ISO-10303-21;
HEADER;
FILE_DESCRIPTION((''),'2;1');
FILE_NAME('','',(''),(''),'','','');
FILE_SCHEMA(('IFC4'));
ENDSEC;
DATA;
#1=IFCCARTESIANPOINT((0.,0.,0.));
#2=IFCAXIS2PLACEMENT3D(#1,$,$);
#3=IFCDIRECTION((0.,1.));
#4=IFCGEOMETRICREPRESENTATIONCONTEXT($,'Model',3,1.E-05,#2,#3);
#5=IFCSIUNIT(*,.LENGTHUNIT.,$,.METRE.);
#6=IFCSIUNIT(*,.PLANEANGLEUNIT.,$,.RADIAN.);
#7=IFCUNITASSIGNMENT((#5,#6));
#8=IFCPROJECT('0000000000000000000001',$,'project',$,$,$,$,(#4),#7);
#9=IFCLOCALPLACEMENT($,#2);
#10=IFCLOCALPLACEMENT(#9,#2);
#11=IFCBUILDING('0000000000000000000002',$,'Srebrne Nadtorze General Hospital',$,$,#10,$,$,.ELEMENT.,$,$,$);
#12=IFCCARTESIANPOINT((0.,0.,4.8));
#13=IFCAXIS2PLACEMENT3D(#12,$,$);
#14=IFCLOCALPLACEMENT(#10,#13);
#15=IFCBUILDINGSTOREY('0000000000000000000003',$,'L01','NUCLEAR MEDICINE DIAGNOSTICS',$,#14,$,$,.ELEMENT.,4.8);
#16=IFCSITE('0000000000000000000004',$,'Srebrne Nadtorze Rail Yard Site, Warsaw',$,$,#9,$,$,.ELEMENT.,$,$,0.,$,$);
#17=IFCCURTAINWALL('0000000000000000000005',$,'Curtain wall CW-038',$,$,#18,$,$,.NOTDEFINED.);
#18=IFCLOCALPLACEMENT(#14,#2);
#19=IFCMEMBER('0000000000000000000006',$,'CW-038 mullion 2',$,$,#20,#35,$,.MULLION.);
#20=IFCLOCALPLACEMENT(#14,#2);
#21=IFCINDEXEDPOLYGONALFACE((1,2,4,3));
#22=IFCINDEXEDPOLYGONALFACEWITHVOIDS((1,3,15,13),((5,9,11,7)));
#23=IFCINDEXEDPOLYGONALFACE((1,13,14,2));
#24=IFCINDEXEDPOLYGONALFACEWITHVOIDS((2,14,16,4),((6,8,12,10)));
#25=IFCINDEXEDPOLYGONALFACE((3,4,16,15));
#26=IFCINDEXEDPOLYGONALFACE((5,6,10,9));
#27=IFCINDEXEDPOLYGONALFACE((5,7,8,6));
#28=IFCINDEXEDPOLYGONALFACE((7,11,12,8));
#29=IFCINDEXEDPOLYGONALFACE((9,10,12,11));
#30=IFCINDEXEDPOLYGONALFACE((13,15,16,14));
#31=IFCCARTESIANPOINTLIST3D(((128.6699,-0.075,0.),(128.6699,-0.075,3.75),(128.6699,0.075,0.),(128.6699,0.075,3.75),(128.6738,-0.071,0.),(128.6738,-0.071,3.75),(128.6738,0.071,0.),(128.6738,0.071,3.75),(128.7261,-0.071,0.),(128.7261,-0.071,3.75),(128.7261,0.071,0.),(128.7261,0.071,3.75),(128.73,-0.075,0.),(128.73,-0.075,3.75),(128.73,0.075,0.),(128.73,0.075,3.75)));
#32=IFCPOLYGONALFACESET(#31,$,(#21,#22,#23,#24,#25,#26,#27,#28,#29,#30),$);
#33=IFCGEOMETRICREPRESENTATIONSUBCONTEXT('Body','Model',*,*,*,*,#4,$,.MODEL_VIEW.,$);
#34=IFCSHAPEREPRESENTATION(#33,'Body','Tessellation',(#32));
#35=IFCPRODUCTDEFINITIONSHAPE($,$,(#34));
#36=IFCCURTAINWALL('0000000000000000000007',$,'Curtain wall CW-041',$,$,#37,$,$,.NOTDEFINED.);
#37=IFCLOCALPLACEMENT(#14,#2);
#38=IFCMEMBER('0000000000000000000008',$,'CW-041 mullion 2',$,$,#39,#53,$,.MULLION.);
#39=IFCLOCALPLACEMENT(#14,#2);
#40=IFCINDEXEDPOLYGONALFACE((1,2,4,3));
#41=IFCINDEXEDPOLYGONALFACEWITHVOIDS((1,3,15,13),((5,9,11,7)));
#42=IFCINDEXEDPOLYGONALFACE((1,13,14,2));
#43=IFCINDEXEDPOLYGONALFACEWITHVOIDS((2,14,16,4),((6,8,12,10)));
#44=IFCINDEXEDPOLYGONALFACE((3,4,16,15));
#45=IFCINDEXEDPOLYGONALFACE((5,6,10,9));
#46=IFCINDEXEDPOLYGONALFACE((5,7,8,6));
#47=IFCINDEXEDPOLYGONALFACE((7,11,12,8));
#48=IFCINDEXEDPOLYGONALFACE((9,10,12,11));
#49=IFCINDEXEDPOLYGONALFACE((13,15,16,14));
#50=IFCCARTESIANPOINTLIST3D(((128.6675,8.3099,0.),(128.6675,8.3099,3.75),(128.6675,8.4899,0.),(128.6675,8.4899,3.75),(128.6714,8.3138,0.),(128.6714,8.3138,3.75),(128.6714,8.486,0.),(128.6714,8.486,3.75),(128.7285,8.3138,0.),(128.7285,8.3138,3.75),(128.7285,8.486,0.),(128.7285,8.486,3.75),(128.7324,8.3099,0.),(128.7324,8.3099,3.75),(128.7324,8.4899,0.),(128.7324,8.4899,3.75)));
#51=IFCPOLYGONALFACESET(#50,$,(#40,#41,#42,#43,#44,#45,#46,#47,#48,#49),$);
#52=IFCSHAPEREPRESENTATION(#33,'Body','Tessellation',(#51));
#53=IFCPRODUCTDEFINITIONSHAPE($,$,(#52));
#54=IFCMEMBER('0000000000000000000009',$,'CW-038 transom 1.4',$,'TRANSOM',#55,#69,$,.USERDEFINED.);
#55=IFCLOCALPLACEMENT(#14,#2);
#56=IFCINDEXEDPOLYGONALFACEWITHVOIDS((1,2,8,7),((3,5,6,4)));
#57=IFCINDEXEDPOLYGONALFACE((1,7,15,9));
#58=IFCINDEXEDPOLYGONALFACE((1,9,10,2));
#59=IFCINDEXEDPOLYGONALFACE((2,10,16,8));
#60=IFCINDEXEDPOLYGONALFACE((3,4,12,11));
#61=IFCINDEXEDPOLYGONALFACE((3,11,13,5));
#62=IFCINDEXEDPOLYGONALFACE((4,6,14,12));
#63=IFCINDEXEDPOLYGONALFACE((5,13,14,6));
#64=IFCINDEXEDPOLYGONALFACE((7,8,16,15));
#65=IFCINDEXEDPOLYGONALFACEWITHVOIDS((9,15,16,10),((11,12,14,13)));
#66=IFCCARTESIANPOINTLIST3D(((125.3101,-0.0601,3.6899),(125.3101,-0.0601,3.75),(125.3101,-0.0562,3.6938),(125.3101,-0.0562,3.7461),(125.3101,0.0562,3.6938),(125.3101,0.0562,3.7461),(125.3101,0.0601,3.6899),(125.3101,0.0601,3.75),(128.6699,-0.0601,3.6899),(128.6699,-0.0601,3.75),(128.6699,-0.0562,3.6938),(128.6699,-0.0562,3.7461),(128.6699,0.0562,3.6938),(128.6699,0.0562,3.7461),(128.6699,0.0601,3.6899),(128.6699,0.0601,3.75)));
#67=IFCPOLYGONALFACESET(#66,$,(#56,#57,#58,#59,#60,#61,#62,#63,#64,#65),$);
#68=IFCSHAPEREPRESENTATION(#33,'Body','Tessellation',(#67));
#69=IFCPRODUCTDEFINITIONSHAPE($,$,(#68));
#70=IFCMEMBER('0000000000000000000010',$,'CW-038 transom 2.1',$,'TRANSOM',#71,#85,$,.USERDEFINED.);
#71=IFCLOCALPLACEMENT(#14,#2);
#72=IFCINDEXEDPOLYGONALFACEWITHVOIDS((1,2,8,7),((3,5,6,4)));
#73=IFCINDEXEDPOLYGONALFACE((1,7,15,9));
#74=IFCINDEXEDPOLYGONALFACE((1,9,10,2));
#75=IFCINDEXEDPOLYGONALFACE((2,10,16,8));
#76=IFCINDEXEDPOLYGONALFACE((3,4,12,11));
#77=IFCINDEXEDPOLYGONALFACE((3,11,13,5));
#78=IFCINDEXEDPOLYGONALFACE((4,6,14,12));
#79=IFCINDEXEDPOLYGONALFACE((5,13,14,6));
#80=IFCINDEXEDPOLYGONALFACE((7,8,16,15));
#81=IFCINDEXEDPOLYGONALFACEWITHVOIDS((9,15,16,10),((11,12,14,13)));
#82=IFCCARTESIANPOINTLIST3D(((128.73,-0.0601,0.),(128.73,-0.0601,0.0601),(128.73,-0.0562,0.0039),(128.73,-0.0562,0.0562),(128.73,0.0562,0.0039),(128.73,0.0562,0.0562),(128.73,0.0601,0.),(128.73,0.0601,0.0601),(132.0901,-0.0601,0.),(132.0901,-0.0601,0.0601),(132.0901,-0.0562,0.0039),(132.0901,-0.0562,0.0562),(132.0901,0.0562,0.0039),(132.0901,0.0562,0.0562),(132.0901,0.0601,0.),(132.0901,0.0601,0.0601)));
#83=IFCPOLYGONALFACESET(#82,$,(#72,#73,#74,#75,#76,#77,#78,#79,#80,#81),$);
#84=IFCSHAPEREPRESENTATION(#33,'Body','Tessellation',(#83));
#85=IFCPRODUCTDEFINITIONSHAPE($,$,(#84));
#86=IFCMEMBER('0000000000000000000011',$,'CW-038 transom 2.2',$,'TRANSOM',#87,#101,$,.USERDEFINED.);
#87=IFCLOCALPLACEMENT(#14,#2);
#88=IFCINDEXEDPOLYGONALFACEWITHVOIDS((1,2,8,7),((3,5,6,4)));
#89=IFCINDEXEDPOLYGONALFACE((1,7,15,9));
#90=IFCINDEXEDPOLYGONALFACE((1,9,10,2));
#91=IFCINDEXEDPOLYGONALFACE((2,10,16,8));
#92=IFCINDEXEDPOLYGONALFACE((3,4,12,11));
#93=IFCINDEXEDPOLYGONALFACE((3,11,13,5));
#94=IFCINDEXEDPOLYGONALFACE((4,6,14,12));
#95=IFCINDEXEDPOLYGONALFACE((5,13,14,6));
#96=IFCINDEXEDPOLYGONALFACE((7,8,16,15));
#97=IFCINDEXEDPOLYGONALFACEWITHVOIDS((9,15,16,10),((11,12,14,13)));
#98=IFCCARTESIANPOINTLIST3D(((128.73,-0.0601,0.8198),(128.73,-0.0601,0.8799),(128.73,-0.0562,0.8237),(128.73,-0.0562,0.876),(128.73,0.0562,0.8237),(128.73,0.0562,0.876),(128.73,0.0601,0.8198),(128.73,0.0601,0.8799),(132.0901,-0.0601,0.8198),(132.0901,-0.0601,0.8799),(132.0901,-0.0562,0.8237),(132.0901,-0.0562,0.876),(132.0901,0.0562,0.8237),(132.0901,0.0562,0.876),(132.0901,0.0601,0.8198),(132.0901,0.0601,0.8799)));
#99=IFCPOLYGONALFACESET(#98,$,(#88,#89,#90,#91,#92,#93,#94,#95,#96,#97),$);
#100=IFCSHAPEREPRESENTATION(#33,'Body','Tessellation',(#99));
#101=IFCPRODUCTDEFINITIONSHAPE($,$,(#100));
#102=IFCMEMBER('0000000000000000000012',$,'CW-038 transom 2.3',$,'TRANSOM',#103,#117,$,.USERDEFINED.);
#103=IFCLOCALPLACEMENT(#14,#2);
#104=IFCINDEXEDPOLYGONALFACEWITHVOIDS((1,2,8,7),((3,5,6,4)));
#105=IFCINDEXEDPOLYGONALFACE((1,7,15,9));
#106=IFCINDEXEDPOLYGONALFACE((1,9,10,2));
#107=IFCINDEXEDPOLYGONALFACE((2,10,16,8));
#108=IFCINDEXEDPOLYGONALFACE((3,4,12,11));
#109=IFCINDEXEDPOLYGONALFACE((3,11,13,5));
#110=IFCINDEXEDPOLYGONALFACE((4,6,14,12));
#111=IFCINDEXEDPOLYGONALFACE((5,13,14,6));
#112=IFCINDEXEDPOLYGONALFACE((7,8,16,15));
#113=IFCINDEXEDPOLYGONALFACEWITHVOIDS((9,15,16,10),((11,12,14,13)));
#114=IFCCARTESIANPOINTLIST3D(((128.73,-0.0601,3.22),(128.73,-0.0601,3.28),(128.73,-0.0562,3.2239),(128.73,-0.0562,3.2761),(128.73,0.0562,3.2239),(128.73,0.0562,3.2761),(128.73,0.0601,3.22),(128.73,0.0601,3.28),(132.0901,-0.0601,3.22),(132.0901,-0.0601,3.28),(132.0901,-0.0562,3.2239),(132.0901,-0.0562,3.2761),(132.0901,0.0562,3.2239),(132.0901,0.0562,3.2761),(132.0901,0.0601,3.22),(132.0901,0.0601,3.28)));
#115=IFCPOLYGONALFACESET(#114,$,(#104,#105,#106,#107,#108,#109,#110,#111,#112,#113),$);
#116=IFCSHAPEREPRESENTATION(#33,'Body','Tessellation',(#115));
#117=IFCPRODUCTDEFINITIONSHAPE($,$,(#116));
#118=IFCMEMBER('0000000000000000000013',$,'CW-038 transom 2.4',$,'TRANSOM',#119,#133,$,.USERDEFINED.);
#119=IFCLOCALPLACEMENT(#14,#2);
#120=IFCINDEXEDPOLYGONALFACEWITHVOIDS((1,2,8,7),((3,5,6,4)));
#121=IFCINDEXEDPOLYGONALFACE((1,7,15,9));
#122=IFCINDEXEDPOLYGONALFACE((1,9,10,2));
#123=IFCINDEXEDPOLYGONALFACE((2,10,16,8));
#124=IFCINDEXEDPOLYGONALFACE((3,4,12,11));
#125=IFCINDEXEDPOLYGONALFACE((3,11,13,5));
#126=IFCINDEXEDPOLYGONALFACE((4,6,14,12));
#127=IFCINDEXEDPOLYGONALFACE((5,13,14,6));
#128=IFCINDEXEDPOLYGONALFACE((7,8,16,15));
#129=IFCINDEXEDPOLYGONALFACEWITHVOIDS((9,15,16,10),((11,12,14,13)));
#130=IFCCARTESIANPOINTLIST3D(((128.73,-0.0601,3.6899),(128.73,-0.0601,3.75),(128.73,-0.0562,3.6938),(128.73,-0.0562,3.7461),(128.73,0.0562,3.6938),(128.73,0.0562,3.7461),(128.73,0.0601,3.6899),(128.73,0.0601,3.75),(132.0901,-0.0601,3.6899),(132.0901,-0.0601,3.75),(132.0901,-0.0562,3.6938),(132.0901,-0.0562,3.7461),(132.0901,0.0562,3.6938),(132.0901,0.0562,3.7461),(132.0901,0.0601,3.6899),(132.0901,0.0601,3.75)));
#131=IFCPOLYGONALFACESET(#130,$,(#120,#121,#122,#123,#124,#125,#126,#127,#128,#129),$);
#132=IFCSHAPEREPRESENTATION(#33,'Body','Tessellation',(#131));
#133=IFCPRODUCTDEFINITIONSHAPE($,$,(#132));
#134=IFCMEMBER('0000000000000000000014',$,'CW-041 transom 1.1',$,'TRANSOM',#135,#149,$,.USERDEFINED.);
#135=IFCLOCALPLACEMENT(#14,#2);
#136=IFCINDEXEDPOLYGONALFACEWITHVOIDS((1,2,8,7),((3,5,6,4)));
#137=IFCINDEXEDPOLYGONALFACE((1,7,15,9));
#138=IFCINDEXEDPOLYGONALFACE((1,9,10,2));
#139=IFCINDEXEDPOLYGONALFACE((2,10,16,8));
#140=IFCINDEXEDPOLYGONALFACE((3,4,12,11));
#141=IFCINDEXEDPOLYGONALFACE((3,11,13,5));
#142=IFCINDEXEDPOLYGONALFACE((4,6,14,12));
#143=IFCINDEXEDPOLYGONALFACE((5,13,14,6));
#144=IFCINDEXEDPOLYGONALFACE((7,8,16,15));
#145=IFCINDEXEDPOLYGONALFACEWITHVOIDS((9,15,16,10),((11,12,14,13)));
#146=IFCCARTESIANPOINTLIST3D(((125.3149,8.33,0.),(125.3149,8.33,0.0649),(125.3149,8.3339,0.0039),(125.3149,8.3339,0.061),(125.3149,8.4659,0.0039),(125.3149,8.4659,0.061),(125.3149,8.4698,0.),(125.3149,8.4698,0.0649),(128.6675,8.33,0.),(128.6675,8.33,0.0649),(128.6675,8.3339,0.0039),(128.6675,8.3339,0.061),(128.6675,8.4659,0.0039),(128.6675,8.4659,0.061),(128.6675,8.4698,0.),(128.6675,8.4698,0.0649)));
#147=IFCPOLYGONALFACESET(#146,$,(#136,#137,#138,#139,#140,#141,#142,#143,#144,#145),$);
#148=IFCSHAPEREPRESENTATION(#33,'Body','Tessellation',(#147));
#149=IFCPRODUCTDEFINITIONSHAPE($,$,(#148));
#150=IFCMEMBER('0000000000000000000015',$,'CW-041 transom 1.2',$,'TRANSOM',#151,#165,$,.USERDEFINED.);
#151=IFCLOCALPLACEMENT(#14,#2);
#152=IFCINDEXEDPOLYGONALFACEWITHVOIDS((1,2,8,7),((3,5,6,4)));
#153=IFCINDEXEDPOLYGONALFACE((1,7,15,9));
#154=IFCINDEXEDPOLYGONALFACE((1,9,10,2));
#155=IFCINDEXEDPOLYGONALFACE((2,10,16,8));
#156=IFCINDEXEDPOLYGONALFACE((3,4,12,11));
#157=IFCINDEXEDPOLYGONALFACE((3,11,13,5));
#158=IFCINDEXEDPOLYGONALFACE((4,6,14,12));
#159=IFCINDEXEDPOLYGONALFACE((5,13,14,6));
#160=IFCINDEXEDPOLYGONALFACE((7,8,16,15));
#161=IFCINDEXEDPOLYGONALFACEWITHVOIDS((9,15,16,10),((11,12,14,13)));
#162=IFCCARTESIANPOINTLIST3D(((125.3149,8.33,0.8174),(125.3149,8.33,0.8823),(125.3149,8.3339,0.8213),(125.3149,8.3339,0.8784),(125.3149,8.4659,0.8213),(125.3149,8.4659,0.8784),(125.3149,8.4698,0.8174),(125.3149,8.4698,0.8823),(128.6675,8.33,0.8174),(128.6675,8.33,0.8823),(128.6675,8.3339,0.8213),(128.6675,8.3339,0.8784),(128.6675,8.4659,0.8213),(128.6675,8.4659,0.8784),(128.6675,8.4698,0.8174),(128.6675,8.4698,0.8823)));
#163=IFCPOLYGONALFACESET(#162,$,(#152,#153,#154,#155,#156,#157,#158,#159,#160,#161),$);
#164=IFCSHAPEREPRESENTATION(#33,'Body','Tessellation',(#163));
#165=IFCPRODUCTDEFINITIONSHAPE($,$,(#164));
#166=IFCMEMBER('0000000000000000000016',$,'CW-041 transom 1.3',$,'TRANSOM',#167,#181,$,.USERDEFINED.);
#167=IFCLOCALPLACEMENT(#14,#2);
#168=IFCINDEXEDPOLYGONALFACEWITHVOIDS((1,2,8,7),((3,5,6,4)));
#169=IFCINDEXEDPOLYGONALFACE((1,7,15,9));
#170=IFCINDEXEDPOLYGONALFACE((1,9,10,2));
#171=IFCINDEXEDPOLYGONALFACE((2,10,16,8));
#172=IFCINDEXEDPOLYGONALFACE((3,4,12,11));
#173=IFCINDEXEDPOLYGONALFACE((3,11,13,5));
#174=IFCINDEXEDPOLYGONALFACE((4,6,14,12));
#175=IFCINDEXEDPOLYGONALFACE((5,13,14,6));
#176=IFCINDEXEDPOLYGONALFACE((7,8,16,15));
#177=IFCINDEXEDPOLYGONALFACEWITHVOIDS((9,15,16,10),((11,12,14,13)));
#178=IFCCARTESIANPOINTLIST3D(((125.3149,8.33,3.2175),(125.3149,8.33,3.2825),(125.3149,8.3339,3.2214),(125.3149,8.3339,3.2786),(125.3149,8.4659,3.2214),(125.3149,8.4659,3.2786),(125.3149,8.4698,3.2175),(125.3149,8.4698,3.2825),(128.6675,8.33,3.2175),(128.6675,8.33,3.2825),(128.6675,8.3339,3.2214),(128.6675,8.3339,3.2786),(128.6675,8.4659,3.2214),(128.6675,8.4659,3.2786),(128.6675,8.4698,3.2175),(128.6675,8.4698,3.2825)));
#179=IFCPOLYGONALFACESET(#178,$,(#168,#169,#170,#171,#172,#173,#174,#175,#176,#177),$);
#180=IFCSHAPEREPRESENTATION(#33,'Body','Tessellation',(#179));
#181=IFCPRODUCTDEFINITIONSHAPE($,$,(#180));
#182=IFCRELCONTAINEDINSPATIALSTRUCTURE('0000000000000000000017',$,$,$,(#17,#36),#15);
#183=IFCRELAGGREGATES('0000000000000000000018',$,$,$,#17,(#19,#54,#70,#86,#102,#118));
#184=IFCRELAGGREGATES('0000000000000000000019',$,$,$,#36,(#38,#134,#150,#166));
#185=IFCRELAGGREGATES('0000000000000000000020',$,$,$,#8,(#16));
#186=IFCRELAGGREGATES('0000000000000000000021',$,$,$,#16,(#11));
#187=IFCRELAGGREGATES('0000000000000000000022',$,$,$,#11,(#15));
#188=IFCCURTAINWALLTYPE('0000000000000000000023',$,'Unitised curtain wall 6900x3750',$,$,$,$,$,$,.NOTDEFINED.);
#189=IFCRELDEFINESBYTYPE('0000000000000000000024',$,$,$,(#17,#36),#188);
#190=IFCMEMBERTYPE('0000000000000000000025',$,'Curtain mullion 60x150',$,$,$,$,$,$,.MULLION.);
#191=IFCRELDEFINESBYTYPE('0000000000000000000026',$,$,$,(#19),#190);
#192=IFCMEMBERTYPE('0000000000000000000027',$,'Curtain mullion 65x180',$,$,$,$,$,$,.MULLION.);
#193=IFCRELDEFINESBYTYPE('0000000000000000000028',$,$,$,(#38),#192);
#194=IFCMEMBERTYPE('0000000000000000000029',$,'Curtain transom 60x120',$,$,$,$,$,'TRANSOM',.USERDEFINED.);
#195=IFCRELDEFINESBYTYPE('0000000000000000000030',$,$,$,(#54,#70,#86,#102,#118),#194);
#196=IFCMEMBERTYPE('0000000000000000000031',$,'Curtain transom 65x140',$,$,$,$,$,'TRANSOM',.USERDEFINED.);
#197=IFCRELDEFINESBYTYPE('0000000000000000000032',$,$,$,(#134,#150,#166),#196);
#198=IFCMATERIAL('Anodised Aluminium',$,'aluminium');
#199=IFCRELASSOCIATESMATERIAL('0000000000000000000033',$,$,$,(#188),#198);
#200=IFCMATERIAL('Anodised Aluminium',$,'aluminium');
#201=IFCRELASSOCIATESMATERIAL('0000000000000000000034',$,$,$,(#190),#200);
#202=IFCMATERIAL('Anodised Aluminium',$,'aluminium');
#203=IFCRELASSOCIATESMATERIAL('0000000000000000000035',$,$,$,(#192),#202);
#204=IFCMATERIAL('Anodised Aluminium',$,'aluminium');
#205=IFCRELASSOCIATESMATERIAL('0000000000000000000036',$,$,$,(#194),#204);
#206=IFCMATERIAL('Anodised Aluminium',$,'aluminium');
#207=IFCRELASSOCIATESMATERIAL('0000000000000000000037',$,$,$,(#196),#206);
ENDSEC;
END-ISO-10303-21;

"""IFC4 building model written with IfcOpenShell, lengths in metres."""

from ifc_helpers import new_model, si_unit, direction, frame, origin, origin_2d, place, context, subcontext, project, spatial, hollow_rectangle, extrude, material, material_profile, profile_set, type_object, element, aggregate, save


model = new_model("IFC4")

# Units and contexts
model_context = context("Model", 3, precision=1e-05, world=origin(), true_north=direction((0.0, 1.0)))
body_context = subcontext(model_context, "Body", "Model", "MODEL_VIEW")
ifc_project = project(units=[si_unit("LENGTHUNIT", "METRE"), si_unit("PLANEANGLEUNIT", "RADIAN")], contexts=[model_context])

# Site, building, storey
site_placement = place(None, origin())
site = spatial("IfcSite", under=ifc_project, at=site_placement, Name="Srebrne Nadtorze Rail Yard Site, Warsaw", CompositionType="ELEMENT", RefElevation=0.0)
building_placement = place(site_placement, origin())
building = spatial("IfcBuilding", under=site, at=building_placement, Name="Srebrne Nadtorze General Hospital", CompositionType="ELEMENT")
storey_placement = place(building_placement, frame((0.0, 0.0, 4.8)))
storey = spatial("IfcBuildingStorey", under=building, at=storey_placement, Name="L01", Description="NUCLEAR MEDICINE DIAGNOSTICS", CompositionType="ELEMENT", Elevation=4.8)

# Curtain walls, members
ifc_material_1 = material(Name="Anodised Aluminium", Category="aluminium")
curtain_wall_type = type_object("IfcCurtainWallType", Name="Unitised curtain wall 6900x3750", PredefinedType="NOTDEFINED", material=ifc_material_1)
curtain_wall_1_placement = place(storey_placement, origin())
curtain_wall_1 = element("IfcCurtainWall", 1, at=curtain_wall_1_placement, inside=storey, type_object=curtain_wall_type, Name="Curtain wall CW-038", PredefinedType="NOTDEFINED")
ifc_material_2 = material(Name="Anodised Aluminium", Category="aluminium")
ifc_material_profile_1 = material_profile(ifc_material_2, hollow_rectangle(XDim=0.0601, YDim=0.1499, WallThickness=0.0039, at=origin_2d()), Name="AL-MUL-60x150")
ifc_profile_set_1 = profile_set([ifc_material_profile_1], Name="Anodised Aluminium")
member_type_1 = type_object("IfcMemberType", Name="Curtain mullion 60x150", PredefinedType="MULLION", material=ifc_profile_set_1)
member_1_placement = place(storey_placement, frame((128.7, 0.0, 0.0), z_axis=(0.0, 0.0, 1.0), x_axis=(1.0, 0.0, 0.0)))
member_1 = element("IfcMember", 2, at=member_1_placement, type_object=member_type_1, Name="CW-038 mullion 2", PredefinedType="MULLION", context=body_context, shape_type="SweptSolid", body=[
    extrude(hollow_rectangle(XDim=0.0601, YDim=0.1499, WallThickness=0.0039, at=origin_2d()), origin(), (0.0, 0.0, 1.0), 3.75),
])
curtain_wall_2_placement = place(storey_placement, origin())
curtain_wall_2 = element("IfcCurtainWall", 3, at=curtain_wall_2_placement, inside=storey, type_object=curtain_wall_type, Name="Curtain wall CW-041", PredefinedType="NOTDEFINED")
ifc_material_3 = material(Name="Anodised Aluminium", Category="aluminium")
ifc_material_profile_2 = material_profile(ifc_material_3, hollow_rectangle(XDim=0.0649, YDim=0.1799, WallThickness=0.0039, at=origin_2d()), Name="AL-MUL-65x180")
ifc_profile_set_2 = profile_set([ifc_material_profile_2], Name="Anodised Aluminium")
member_type_2 = type_object("IfcMemberType", Name="Curtain mullion 65x180", PredefinedType="MULLION", material=ifc_profile_set_2)
member_2_placement = place(storey_placement, frame((128.7, 8.3999, 0.0), z_axis=(0.0, 0.0, 1.0), x_axis=(1.0, 0.0, 0.0)))
member_2 = element("IfcMember", 4, at=member_2_placement, type_object=member_type_2, Name="CW-041 mullion 2", PredefinedType="MULLION", context=body_context, shape_type="SweptSolid", body=[
    extrude(hollow_rectangle(XDim=0.0649, YDim=0.1799, WallThickness=0.0039, at=origin_2d()), origin(), (0.0, 0.0, 1.0), 3.75),
])

# Members
ifc_material_4 = material(Name="Anodised Aluminium", Category="aluminium")
ifc_material_profile_3 = material_profile(ifc_material_4, hollow_rectangle(XDim=0.0601, YDim=0.1201, WallThickness=0.0039, at=origin_2d()), Name="AL-TRN-60x120")
ifc_profile_set_3 = profile_set([ifc_material_profile_3], Name="Anodised Aluminium")
member_type_3 = type_object("IfcMemberType", Name="Curtain transom 60x120", ElementType="TRANSOM", PredefinedType="USERDEFINED", material=ifc_profile_set_3)
member_3_placement = place(storey_placement, frame((125.3101, 0.0, 3.72), z_axis=(1.0, 0.0, 0.0), x_axis=(0.0, 0.0, 1.0)))
member_3 = element("IfcMember", 5, at=member_3_placement, type_object=member_type_3, Name="CW-038 transom 1.4", ObjectType="TRANSOM", PredefinedType="USERDEFINED", context=body_context, shape_type="SweptSolid", body=[
    extrude(hollow_rectangle(XDim=0.0601, YDim=0.1201, WallThickness=0.0039, at=origin_2d()), origin(), (0.0, 0.0, 1.0), 3.3599),
])
member_4_placement = place(storey_placement, frame((128.73, 0.0, 0.03), z_axis=(1.0, 0.0, 0.0), x_axis=(0.0, 0.0, 1.0)))
member_4 = element("IfcMember", 6, at=member_4_placement, type_object=member_type_3, Name="CW-038 transom 2.1", ObjectType="TRANSOM", PredefinedType="USERDEFINED", context=body_context, shape_type="SweptSolid", body=[
    extrude(hollow_rectangle(XDim=0.0601, YDim=0.1201, WallThickness=0.0039, at=origin_2d()), origin(), (0.0, 0.0, 1.0), 3.3601),
])
member_5_placement = place(storey_placement, frame((128.73, 0.0, 0.8499), z_axis=(1.0, 0.0, 0.0), x_axis=(0.0, 0.0, 1.0)))
member_5 = element("IfcMember", 7, at=member_5_placement, type_object=member_type_3, Name="CW-038 transom 2.2", ObjectType="TRANSOM", PredefinedType="USERDEFINED", context=body_context, shape_type="SweptSolid", body=[
    extrude(hollow_rectangle(XDim=0.0601, YDim=0.1201, WallThickness=0.0039, at=origin_2d()), origin(), (0.0, 0.0, 1.0), 3.3601),
])
member_6_placement = place(storey_placement, frame((128.73, 0.0, 3.25), z_axis=(1.0, 0.0, 0.0), x_axis=(0.0, 0.0, 1.0)))
member_6 = element("IfcMember", 8, at=member_6_placement, type_object=member_type_3, Name="CW-038 transom 2.3", ObjectType="TRANSOM", PredefinedType="USERDEFINED", context=body_context, shape_type="SweptSolid", body=[
    extrude(hollow_rectangle(XDim=0.0601, YDim=0.1201, WallThickness=0.0039, at=origin_2d()), origin(), (0.0, 0.0, 1.0), 3.3601),
])
member_7_placement = place(storey_placement, frame((128.73, 0.0, 3.72), z_axis=(1.0, 0.0, 0.0), x_axis=(0.0, 0.0, 1.0)))
member_7 = element("IfcMember", 9, at=member_7_placement, type_object=member_type_3, Name="CW-038 transom 2.4", ObjectType="TRANSOM", PredefinedType="USERDEFINED", context=body_context, shape_type="SweptSolid", body=[
    extrude(hollow_rectangle(XDim=0.0601, YDim=0.1201, WallThickness=0.0039, at=origin_2d()), origin(), (0.0, 0.0, 1.0), 3.3601),
])
ifc_material_5 = material(Name="Anodised Aluminium", Category="aluminium")
ifc_material_profile_4 = material_profile(ifc_material_5, hollow_rectangle(XDim=0.0649, YDim=0.1399, WallThickness=0.0039, at=origin_2d()), Name="AL-TRN-65x140")
ifc_profile_set_4 = profile_set([ifc_material_profile_4], Name="Anodised Aluminium")
member_type_4 = type_object("IfcMemberType", Name="Curtain transom 65x140", ElementType="TRANSOM", PredefinedType="USERDEFINED", material=ifc_profile_set_4)
member_8_placement = place(storey_placement, frame((125.3149, 8.3999, 0.0325), z_axis=(1.0, 0.0, 0.0), x_axis=(0.0, 0.0, 1.0)))
member_8 = element("IfcMember", 10, at=member_8_placement, type_object=member_type_4, Name="CW-041 transom 1.1", ObjectType="TRANSOM", PredefinedType="USERDEFINED", context=body_context, shape_type="SweptSolid", body=[
    extrude(hollow_rectangle(XDim=0.0649, YDim=0.1399, WallThickness=0.0039, at=origin_2d()), origin(), (0.0, 0.0, 1.0), 3.3525),
])
member_9_placement = place(storey_placement, frame((125.3149, 8.3999, 0.8499), z_axis=(1.0, 0.0, 0.0), x_axis=(0.0, 0.0, 1.0)))
member_9 = element("IfcMember", 11, at=member_9_placement, type_object=member_type_4, Name="CW-041 transom 1.2", ObjectType="TRANSOM", PredefinedType="USERDEFINED", context=body_context, shape_type="SweptSolid", body=[
    extrude(hollow_rectangle(XDim=0.0649, YDim=0.1399, WallThickness=0.0039, at=origin_2d()), origin(), (0.0, 0.0, 1.0), 3.3525),
])
member_10_placement = place(storey_placement, frame((125.3149, 8.3999, 3.25), z_axis=(1.0, 0.0, 0.0), x_axis=(0.0, 0.0, 1.0)))
member_10 = element("IfcMember", 12, at=member_10_placement, type_object=member_type_4, Name="CW-041 transom 1.3", ObjectType="TRANSOM", PredefinedType="USERDEFINED", context=body_context, shape_type="SweptSolid", body=[
    extrude(hollow_rectangle(XDim=0.0649, YDim=0.1399, WallThickness=0.0039, at=origin_2d()), origin(), (0.0, 0.0, 1.0), 3.3525),
])

aggregate(curtain_wall_1, [member_1, member_3, member_4, member_5, member_6, member_7])
aggregate(curtain_wall_2, [member_2, member_8, member_9, member_10])

save(model, "model.ifc")
